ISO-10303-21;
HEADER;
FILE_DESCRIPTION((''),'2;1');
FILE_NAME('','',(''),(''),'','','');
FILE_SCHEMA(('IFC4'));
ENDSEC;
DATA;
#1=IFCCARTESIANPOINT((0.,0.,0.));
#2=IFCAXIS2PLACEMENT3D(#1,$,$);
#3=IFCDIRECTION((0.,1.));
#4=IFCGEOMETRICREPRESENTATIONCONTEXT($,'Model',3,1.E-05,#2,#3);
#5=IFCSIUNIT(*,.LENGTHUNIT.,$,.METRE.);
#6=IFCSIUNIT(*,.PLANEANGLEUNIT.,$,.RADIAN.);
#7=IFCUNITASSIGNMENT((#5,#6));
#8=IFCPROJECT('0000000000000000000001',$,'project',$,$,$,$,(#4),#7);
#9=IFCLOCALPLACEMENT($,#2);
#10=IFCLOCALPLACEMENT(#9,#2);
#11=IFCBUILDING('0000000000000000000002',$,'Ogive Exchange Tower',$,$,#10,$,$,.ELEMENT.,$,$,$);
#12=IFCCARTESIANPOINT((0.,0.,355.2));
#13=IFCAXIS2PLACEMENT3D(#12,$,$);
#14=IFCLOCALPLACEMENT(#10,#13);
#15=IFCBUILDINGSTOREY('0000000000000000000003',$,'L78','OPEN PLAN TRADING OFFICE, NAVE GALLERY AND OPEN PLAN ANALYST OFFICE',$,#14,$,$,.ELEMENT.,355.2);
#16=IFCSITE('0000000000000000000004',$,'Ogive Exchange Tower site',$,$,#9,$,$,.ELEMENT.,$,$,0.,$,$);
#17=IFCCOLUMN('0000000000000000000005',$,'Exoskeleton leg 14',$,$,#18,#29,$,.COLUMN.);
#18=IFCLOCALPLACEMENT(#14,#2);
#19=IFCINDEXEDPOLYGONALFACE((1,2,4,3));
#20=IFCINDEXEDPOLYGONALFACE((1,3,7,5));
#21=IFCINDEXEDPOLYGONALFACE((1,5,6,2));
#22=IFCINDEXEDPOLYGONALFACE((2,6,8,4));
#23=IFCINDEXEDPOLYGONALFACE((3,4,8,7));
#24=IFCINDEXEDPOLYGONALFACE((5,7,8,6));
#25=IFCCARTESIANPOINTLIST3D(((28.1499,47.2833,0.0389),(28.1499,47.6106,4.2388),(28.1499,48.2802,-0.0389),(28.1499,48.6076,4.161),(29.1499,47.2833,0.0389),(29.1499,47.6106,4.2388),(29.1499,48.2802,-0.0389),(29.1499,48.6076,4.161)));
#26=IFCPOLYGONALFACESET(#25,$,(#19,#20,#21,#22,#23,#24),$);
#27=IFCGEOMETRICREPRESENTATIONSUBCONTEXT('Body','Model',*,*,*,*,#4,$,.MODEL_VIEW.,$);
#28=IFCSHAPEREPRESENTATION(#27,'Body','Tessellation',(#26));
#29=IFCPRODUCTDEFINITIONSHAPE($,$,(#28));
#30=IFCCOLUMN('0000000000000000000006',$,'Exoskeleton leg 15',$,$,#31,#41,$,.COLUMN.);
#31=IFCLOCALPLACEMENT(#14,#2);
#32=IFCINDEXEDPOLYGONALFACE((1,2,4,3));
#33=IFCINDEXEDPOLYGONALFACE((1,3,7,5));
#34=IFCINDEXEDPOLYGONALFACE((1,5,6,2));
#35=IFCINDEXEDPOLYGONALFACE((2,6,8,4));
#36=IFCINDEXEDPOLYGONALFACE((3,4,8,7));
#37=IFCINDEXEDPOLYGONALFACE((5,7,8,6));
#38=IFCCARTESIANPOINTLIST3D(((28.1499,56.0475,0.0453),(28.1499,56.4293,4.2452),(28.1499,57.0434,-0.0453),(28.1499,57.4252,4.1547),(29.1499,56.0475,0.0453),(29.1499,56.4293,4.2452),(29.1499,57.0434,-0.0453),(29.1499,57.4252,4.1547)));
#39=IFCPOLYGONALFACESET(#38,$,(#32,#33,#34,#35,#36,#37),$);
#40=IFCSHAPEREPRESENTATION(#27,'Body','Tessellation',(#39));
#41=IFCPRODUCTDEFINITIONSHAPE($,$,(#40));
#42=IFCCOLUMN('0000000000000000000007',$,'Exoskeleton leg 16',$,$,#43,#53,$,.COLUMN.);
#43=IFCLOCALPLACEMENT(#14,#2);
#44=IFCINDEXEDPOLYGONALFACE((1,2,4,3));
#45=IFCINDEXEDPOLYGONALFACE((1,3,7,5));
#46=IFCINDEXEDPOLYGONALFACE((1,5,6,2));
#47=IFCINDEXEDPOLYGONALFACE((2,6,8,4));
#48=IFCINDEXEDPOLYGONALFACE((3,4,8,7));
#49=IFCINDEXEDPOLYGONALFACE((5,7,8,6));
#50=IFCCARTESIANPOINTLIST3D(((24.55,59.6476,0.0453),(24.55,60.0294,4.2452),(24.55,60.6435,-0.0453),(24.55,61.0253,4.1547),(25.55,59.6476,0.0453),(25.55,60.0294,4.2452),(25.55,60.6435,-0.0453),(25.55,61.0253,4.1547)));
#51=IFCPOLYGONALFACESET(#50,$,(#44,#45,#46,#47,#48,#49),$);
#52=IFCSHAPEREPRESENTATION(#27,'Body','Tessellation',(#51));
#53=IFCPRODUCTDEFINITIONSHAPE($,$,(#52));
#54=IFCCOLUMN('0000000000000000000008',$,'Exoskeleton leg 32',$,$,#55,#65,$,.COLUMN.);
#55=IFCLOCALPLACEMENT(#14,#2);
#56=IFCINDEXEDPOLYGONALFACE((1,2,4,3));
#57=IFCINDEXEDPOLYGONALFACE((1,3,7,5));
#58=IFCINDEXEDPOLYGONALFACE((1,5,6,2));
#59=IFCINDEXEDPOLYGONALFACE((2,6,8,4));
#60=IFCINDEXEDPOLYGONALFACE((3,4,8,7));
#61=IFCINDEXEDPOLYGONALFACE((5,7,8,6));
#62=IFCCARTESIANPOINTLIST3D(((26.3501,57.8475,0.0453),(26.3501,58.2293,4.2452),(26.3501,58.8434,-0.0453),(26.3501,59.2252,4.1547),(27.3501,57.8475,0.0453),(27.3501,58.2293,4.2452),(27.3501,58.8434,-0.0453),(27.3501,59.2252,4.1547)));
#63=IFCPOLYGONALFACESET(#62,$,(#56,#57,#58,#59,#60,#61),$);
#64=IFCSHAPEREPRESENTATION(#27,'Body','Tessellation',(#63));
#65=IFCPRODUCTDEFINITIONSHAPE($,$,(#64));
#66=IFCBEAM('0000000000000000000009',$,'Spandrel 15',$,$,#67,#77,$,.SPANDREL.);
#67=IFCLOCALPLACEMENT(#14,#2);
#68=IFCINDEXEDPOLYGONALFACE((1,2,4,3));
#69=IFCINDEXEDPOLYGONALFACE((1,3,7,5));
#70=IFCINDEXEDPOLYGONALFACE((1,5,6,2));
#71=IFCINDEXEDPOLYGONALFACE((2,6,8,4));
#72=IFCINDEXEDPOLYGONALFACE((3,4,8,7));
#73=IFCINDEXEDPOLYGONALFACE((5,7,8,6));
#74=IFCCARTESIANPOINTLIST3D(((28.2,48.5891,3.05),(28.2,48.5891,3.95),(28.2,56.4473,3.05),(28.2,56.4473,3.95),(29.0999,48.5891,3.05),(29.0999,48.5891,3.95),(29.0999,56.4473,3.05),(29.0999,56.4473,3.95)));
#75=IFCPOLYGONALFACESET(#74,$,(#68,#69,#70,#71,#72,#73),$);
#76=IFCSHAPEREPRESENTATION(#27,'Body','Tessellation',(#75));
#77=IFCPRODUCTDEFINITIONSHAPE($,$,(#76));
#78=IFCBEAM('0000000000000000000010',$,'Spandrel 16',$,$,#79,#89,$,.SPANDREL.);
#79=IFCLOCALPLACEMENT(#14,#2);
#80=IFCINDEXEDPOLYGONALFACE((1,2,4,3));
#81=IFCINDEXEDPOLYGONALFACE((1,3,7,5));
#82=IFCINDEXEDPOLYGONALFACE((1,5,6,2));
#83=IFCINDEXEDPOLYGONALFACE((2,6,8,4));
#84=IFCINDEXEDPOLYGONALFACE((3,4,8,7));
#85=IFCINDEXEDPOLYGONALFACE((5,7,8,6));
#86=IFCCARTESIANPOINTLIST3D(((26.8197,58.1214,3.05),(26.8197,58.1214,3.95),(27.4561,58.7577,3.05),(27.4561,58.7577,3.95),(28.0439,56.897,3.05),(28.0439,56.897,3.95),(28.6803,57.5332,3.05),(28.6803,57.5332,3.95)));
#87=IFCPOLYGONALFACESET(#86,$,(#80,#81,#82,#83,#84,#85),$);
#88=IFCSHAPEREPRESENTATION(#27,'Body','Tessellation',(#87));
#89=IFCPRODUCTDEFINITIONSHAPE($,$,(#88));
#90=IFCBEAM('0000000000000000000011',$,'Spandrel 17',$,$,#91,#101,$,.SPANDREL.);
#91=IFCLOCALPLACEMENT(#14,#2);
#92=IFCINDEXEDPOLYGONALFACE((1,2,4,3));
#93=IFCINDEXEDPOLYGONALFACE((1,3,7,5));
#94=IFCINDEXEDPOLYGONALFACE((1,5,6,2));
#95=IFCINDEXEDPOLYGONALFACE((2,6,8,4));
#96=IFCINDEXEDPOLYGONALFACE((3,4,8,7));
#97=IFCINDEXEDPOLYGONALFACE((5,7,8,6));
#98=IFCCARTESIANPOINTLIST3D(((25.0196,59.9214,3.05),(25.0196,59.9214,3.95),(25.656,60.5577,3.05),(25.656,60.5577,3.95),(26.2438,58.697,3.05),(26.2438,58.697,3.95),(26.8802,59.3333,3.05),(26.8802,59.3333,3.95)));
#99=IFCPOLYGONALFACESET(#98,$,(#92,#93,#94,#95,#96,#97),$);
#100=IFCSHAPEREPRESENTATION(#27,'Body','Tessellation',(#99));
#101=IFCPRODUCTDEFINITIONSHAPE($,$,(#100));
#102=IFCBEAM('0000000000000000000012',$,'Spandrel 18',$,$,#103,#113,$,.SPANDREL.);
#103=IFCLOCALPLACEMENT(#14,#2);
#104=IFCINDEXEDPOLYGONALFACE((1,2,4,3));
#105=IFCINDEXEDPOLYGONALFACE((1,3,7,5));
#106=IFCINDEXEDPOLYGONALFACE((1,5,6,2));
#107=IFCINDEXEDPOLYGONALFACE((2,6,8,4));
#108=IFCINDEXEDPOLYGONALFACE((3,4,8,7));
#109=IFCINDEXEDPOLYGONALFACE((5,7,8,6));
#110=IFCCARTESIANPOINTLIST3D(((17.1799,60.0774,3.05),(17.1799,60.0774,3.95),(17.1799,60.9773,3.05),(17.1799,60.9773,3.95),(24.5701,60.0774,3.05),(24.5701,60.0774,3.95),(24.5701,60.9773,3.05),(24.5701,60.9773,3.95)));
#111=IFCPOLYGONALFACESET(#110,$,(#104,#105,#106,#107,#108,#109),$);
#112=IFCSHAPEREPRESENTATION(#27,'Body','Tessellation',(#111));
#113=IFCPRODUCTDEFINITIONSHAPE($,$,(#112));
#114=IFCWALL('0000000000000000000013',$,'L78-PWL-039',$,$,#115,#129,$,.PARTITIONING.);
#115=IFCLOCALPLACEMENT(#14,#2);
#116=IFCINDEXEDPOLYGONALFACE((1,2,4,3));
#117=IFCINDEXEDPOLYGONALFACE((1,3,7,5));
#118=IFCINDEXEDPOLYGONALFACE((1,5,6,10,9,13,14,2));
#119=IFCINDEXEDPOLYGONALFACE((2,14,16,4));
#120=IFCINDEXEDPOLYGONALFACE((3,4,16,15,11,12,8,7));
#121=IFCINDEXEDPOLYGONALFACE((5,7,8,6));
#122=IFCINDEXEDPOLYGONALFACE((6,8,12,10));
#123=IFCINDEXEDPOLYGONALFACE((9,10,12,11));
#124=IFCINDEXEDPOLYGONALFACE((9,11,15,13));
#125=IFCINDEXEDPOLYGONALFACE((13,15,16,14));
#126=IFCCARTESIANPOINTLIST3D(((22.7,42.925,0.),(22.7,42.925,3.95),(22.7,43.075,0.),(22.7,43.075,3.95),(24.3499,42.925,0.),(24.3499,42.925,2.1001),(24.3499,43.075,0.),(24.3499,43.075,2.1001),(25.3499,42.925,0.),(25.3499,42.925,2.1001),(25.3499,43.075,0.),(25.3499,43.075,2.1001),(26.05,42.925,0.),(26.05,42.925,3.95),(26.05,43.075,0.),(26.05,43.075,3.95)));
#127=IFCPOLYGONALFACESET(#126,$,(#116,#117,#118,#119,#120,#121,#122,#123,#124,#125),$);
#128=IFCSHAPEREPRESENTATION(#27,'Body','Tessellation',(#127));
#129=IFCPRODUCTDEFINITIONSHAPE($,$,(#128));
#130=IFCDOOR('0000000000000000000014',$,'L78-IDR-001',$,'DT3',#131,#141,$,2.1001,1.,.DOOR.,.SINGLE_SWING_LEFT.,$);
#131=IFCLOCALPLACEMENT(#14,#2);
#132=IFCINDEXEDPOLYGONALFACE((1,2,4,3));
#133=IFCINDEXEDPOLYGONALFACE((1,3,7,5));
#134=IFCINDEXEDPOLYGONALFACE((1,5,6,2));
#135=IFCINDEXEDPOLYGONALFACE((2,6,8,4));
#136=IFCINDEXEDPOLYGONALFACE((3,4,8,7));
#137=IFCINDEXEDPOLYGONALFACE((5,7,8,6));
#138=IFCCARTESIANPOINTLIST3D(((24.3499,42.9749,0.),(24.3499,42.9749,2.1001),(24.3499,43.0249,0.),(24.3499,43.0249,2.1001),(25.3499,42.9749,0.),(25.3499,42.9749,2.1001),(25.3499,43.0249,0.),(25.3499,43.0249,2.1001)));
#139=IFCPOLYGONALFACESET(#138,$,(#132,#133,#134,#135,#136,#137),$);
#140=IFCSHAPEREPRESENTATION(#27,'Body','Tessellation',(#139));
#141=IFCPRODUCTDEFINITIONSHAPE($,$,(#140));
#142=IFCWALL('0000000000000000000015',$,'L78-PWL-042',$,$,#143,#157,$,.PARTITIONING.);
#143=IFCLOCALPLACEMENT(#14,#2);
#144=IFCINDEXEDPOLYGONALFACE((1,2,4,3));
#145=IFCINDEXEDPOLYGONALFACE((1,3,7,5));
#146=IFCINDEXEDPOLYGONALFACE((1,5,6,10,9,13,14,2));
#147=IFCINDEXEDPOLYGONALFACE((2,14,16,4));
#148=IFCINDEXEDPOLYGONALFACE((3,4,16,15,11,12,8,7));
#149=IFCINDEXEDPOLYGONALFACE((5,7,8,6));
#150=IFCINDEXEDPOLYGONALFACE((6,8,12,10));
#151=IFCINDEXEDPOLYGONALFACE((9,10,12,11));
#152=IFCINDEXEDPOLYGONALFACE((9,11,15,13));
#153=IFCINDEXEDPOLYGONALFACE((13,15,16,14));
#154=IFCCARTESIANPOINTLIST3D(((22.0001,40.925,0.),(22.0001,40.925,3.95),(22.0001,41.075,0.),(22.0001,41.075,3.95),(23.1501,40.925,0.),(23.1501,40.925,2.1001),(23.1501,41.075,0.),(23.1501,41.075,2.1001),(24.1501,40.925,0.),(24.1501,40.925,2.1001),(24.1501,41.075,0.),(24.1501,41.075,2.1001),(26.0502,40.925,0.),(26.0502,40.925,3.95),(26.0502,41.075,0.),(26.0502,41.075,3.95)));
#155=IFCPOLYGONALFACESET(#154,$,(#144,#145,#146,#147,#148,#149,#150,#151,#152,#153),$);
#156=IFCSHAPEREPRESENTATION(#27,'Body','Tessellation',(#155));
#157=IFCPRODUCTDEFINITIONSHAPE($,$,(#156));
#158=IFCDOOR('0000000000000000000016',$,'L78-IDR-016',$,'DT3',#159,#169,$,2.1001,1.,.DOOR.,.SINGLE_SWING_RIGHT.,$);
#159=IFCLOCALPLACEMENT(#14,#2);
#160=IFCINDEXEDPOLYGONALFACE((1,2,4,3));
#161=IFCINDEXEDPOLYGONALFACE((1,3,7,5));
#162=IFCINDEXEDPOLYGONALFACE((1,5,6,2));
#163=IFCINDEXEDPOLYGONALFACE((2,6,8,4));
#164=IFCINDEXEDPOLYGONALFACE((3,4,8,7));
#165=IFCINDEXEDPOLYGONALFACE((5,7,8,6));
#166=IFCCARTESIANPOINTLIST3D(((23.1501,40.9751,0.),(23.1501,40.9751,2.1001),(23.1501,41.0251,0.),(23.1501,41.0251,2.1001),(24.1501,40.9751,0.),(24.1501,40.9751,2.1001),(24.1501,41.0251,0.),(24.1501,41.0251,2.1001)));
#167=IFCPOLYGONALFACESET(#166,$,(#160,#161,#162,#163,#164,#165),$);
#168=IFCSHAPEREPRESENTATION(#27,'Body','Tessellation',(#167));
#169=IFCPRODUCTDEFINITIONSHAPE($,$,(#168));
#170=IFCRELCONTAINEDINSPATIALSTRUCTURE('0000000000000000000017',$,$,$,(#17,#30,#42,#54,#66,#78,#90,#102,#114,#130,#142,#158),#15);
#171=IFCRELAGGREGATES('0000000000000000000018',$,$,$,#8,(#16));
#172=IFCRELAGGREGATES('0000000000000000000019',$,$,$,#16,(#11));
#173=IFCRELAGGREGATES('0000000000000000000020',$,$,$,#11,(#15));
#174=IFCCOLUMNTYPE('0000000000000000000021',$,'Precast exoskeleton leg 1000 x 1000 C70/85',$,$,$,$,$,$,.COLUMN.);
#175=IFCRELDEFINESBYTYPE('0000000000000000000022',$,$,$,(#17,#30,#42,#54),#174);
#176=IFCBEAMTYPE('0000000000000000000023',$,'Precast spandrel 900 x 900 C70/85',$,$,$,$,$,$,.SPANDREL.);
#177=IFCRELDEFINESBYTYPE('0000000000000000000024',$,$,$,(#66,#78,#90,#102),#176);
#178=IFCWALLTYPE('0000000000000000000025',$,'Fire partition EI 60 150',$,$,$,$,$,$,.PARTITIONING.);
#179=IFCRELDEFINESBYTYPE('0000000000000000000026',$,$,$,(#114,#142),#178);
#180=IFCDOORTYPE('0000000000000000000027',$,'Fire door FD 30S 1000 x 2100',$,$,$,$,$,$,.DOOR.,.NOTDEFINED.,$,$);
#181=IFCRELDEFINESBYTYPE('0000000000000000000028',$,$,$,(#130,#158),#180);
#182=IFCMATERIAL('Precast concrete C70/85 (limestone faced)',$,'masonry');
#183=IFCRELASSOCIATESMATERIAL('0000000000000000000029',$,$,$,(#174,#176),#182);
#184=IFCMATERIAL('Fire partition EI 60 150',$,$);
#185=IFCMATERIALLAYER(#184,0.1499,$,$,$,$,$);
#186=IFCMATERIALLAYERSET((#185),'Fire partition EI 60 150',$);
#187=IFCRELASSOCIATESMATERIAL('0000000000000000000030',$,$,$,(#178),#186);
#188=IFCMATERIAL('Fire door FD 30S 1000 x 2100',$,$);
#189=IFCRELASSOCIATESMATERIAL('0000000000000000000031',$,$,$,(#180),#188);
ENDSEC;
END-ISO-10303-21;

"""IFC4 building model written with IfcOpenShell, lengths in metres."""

from ifc_helpers import new_model, si_unit, direction, frame, frame_2d, origin, origin_2d, place, context, subcontext, project, spatial, rectangle, extrude, material, layer, layer_set, material_profile, profile_set, type_object, element, fill, save


model = new_model("IFC4")

# Units and contexts
model_context = context("Model", 3, precision=1e-05, world=origin(), true_north=direction((0.0, 1.0)))
body_context = subcontext(model_context, "Body", "Model", "MODEL_VIEW")
ifc_project = project(units=[si_unit("LENGTHUNIT", "METRE"), si_unit("PLANEANGLEUNIT", "RADIAN")], contexts=[model_context])

# Site, building, storey
site_placement = place(None, origin())
site = spatial("IfcSite", under=ifc_project, at=site_placement, Name="Ogive Exchange Tower site", CompositionType="ELEMENT", RefElevation=0.0)
building_placement = place(site_placement, origin())
building = spatial("IfcBuilding", under=site, at=building_placement, Name="Ogive Exchange Tower", CompositionType="ELEMENT")
storey_placement = place(building_placement, frame((0.0, 0.0, 355.2)))
storey = spatial("IfcBuildingStorey", under=building, at=storey_placement, Name="L78", Description="OPEN PLAN TRADING OFFICE, NAVE GALLERY AND OPEN PLAN ANALYST OFFICE", CompositionType="ELEMENT", Elevation=355.2)

# Columns
ifc_material_1 = material(Name="Precast concrete C70/85 (limestone faced)", Category="masonry")
ifc_material_profile_1 = material_profile(ifc_material_1, rectangle(XDim=1.0, YDim=1.0, at=origin_2d()), Name="1000 x 1000")
ifc_profile_set_1 = profile_set([ifc_material_profile_1], Name="Precast concrete C70/85 (limestone faced)")
column_type = type_object("IfcColumnType", Name="Precast exoskeleton leg 1000 x 1000 C70/85", PredefinedType="COLUMN", material=ifc_profile_set_1)
column_placement = place(storey_placement, frame((28.6499, 47.7817, 0.0), z_axis=(0.0, 0.077716, 0.996976), x_axis=(-1.0, 0.0, 0.0)))
element("IfcColumn", 1, at=column_placement, inside=storey, type_object=column_type, Name="Exoskeleton leg 14", PredefinedType="COLUMN", context=body_context, shape_type="SweptSolid", body=[
    extrude(rectangle(XDim=1.0, YDim=1.0, at=origin_2d()), origin(), (0.0, 0.0, 1.0), 4.2126),
])
for number, where, z_axis, x_axis, name in (
    (2, (28.6499, 56.5454, 0.0), (0.0, 0.090541, 0.995893), (-1.0, 0.0, 0.0), "Exoskeleton leg 15"),
    (3, (25.05, 60.1455, 0.0), (0.0, 0.090541, 0.995893), (-1.0, 0.0, 0.0), "Exoskeleton leg 16"),
    (4, (26.8501, 58.3455, 0.0), (0.0, 0.090541, 0.995893), (-1.0, 0.0, 0.0), "Exoskeleton leg 32"),
):
    element("IfcColumn", number, at=place(storey_placement, frame(where, z_axis=z_axis, x_axis=x_axis)), inside=storey, type_object=column_type, Name=name, PredefinedType="COLUMN", context=body_context, shape_type="SweptSolid", body=[
        extrude(rectangle(XDim=1.0, YDim=1.0, at=origin_2d()), origin(), (0.0, 0.0, 1.0), 4.2173),
    ])

# Beams
ifc_material_profile_2 = material_profile(ifc_material_1, rectangle(XDim=0.8999, YDim=0.8999, at=origin_2d()), Name="900 x 900")
ifc_profile_set_2 = profile_set([ifc_material_profile_2], Name="Precast concrete C70/85 (limestone faced)")
beam_type = type_object("IfcBeamType", Name="Precast spandrel 900 x 900 C70/85", PredefinedType="SPANDREL", material=ifc_profile_set_2)
beam_1_placement = place(storey_placement, frame((28.6499, 48.5891, 3.5), z_axis=(0.0, 1.0, 0.0), x_axis=(-1.0, 0.0, 0.0)))
element("IfcBeam", 5, at=beam_1_placement, inside=storey, type_object=beam_type, Name="Spandrel 15", PredefinedType="SPANDREL", context=body_context, shape_type="SweptSolid", body=[
    extrude(rectangle(XDim=0.8999, YDim=0.8999, at=origin_2d()), origin(), (0.0, 0.0, 1.0), 7.8582),
])
for number, where, z_axis, x_axis, name in (
    (6, (28.3621, 57.2151, 3.5), (-0.707036, 0.707177, 0.0), (-0.707177, -0.707036, 0.0), "Spandrel 16"),
    (7, (26.562, 59.0151, 3.5), (-0.707036, 0.707177, 0.0), (-0.707177, -0.707036, 0.0), "Spandrel 17"),
):
    element("IfcBeam", number, at=place(storey_placement, frame(where, z_axis=z_axis, x_axis=x_axis)), inside=storey, type_object=beam_type, Name=name, PredefinedType="SPANDREL", context=body_context, shape_type="SweptSolid", body=[
        extrude(rectangle(XDim=0.8999, YDim=0.8999, at=origin_2d()), origin(), (0.0, 0.0, 1.0), 1.7314),
    ])
beam_2_placement = place(storey_placement, frame((24.5701, 60.5273, 3.5), z_axis=(-1.0, 0.0, 0.0), x_axis=(0.0, -1.0, 0.0)))
element("IfcBeam", 8, at=beam_2_placement, inside=storey, type_object=beam_type, Name="Spandrel 18", PredefinedType="SPANDREL", context=body_context, shape_type="SweptSolid", body=[
    extrude(rectangle(XDim=0.8999, YDim=0.8999, at=origin_2d()), origin(), (0.0, 0.0, 1.0), 7.3901),
])

# Walls, openings, doors
ifc_material_2 = material(Name="Fire partition EI 60 150")
ifc_layer_1 = layer(ifc_material_2, 0.1499)
ifc_layer_set_1 = layer_set([ifc_layer_1], Name="Fire partition EI 60 150")
wall_type_1 = type_object("IfcWallType", Name="Fire partition EI 60 150", PredefinedType="PARTITIONING", material=ifc_layer_set_1)
wall_1_placement = place(storey_placement, frame((22.7, 43.0, 0.0), z_axis=(0.0, 0.0, 1.0), x_axis=(1.0, 0.0, 0.0)))
wall_1 = element("IfcWall", 9, at=wall_1_placement, inside=storey, type_object=wall_type_1, Name="L78-PWL-039", PredefinedType="PARTITIONING", context=body_context, shape_type="SweptSolid", body=[
    extrude(rectangle(XDim=3.3501, YDim=0.1499, at=frame_2d((1.675, 0.0))), origin(), (0.0, 0.0, 1.0), 3.95),
])
opening_1_placement = place(wall_1_placement, frame((1.6499, 0.0, 0.0)))
opening_1 = element("IfcOpeningElement", 10, at=opening_1_placement, cuts=wall_1, PredefinedType="OPENING", context=body_context, shape_type="SweptSolid", body=[
    extrude(rectangle(XDim=1.0, YDim=2.1001, at=frame_2d((0.5, 1.05))), frame((0.0, 0.085, 0.0), z_axis=(0.0, -1.0, 0.0), x_axis=(1.0, 0.0, 0.0)), (0.0, 0.0, 1.0), 0.1699),
])
ifc_material_3 = material(Name="Fire door FD 30S 1000 x 2100")
door_type_1 = type_object("IfcDoorType", Name="Fire door FD 30S 1000 x 2100", OperationType="NOTDEFINED", PredefinedType="DOOR", material=ifc_material_3)
door_1_placement = place(opening_1_placement, origin())
door_1 = element("IfcDoor", 11, at=door_1_placement, inside=storey, type_object=door_type_1, Name="L78-IDR-001", ObjectType="DT3", OperationType="SINGLE_SWING_LEFT", OverallHeight=2.1001, OverallWidth=1.0, PredefinedType="DOOR", context=body_context, shape_type="SweptSolid", body=[
    extrude(rectangle(XDim=1.0, YDim=2.1001, at=frame_2d((0.5, 1.05))), frame((0.0, 0.0249, 0.0), z_axis=(0.0, -1.0, 0.0), x_axis=(1.0, 0.0, 0.0)), (0.0, 0.0, 1.0), 0.05),
])
fill(opening_1, door_1)
wall_2_placement = place(storey_placement, frame((26.05, 41.0, 0.0), z_axis=(0.0, 0.0, 1.0), x_axis=(-1.0, 0.0, 0.0)))
wall_2 = element("IfcWall", 12, at=wall_2_placement, inside=storey, type_object=wall_type_1, Name="L78-PWL-042", PredefinedType="PARTITIONING", context=body_context, shape_type="SweptSolid", body=[
    extrude(rectangle(XDim=4.05, YDim=0.1499, at=frame_2d((2.0249, 0.0))), origin(), (0.0, 0.0, 1.0), 3.95),
])
opening_2_placement = place(wall_2_placement, frame((1.8999, 0.0, 0.0)))
opening_2 = element("IfcOpeningElement", 13, at=opening_2_placement, cuts=wall_2, PredefinedType="OPENING", context=body_context, shape_type="SweptSolid", body=[
    extrude(rectangle(XDim=1.0, YDim=2.1001, at=frame_2d((0.5, 1.05))), frame((0.0, 0.085, 0.0), z_axis=(0.0, -1.0, 0.0), x_axis=(1.0, 0.0, 0.0)), (0.0, 0.0, 1.0), 0.1699),
])
door_2_placement = place(opening_2_placement, origin())
door_2 = element("IfcDoor", 14, at=door_2_placement, inside=storey, type_object=door_type_1, Name="L78-IDR-016", ObjectType="DT3", OperationType="SINGLE_SWING_RIGHT", OverallHeight=2.1001, OverallWidth=1.0, PredefinedType="DOOR", context=body_context, shape_type="SweptSolid", body=[
    extrude(rectangle(XDim=1.0, YDim=2.1001, at=frame_2d((0.5, 1.05))), frame((0.0, 0.0249, 0.0), z_axis=(0.0, -1.0, 0.0), x_axis=(1.0, 0.0, 0.0)), (0.0, 0.0, 1.0), 0.05),
])
fill(opening_2, door_2)

save(model, "model.ifc")
